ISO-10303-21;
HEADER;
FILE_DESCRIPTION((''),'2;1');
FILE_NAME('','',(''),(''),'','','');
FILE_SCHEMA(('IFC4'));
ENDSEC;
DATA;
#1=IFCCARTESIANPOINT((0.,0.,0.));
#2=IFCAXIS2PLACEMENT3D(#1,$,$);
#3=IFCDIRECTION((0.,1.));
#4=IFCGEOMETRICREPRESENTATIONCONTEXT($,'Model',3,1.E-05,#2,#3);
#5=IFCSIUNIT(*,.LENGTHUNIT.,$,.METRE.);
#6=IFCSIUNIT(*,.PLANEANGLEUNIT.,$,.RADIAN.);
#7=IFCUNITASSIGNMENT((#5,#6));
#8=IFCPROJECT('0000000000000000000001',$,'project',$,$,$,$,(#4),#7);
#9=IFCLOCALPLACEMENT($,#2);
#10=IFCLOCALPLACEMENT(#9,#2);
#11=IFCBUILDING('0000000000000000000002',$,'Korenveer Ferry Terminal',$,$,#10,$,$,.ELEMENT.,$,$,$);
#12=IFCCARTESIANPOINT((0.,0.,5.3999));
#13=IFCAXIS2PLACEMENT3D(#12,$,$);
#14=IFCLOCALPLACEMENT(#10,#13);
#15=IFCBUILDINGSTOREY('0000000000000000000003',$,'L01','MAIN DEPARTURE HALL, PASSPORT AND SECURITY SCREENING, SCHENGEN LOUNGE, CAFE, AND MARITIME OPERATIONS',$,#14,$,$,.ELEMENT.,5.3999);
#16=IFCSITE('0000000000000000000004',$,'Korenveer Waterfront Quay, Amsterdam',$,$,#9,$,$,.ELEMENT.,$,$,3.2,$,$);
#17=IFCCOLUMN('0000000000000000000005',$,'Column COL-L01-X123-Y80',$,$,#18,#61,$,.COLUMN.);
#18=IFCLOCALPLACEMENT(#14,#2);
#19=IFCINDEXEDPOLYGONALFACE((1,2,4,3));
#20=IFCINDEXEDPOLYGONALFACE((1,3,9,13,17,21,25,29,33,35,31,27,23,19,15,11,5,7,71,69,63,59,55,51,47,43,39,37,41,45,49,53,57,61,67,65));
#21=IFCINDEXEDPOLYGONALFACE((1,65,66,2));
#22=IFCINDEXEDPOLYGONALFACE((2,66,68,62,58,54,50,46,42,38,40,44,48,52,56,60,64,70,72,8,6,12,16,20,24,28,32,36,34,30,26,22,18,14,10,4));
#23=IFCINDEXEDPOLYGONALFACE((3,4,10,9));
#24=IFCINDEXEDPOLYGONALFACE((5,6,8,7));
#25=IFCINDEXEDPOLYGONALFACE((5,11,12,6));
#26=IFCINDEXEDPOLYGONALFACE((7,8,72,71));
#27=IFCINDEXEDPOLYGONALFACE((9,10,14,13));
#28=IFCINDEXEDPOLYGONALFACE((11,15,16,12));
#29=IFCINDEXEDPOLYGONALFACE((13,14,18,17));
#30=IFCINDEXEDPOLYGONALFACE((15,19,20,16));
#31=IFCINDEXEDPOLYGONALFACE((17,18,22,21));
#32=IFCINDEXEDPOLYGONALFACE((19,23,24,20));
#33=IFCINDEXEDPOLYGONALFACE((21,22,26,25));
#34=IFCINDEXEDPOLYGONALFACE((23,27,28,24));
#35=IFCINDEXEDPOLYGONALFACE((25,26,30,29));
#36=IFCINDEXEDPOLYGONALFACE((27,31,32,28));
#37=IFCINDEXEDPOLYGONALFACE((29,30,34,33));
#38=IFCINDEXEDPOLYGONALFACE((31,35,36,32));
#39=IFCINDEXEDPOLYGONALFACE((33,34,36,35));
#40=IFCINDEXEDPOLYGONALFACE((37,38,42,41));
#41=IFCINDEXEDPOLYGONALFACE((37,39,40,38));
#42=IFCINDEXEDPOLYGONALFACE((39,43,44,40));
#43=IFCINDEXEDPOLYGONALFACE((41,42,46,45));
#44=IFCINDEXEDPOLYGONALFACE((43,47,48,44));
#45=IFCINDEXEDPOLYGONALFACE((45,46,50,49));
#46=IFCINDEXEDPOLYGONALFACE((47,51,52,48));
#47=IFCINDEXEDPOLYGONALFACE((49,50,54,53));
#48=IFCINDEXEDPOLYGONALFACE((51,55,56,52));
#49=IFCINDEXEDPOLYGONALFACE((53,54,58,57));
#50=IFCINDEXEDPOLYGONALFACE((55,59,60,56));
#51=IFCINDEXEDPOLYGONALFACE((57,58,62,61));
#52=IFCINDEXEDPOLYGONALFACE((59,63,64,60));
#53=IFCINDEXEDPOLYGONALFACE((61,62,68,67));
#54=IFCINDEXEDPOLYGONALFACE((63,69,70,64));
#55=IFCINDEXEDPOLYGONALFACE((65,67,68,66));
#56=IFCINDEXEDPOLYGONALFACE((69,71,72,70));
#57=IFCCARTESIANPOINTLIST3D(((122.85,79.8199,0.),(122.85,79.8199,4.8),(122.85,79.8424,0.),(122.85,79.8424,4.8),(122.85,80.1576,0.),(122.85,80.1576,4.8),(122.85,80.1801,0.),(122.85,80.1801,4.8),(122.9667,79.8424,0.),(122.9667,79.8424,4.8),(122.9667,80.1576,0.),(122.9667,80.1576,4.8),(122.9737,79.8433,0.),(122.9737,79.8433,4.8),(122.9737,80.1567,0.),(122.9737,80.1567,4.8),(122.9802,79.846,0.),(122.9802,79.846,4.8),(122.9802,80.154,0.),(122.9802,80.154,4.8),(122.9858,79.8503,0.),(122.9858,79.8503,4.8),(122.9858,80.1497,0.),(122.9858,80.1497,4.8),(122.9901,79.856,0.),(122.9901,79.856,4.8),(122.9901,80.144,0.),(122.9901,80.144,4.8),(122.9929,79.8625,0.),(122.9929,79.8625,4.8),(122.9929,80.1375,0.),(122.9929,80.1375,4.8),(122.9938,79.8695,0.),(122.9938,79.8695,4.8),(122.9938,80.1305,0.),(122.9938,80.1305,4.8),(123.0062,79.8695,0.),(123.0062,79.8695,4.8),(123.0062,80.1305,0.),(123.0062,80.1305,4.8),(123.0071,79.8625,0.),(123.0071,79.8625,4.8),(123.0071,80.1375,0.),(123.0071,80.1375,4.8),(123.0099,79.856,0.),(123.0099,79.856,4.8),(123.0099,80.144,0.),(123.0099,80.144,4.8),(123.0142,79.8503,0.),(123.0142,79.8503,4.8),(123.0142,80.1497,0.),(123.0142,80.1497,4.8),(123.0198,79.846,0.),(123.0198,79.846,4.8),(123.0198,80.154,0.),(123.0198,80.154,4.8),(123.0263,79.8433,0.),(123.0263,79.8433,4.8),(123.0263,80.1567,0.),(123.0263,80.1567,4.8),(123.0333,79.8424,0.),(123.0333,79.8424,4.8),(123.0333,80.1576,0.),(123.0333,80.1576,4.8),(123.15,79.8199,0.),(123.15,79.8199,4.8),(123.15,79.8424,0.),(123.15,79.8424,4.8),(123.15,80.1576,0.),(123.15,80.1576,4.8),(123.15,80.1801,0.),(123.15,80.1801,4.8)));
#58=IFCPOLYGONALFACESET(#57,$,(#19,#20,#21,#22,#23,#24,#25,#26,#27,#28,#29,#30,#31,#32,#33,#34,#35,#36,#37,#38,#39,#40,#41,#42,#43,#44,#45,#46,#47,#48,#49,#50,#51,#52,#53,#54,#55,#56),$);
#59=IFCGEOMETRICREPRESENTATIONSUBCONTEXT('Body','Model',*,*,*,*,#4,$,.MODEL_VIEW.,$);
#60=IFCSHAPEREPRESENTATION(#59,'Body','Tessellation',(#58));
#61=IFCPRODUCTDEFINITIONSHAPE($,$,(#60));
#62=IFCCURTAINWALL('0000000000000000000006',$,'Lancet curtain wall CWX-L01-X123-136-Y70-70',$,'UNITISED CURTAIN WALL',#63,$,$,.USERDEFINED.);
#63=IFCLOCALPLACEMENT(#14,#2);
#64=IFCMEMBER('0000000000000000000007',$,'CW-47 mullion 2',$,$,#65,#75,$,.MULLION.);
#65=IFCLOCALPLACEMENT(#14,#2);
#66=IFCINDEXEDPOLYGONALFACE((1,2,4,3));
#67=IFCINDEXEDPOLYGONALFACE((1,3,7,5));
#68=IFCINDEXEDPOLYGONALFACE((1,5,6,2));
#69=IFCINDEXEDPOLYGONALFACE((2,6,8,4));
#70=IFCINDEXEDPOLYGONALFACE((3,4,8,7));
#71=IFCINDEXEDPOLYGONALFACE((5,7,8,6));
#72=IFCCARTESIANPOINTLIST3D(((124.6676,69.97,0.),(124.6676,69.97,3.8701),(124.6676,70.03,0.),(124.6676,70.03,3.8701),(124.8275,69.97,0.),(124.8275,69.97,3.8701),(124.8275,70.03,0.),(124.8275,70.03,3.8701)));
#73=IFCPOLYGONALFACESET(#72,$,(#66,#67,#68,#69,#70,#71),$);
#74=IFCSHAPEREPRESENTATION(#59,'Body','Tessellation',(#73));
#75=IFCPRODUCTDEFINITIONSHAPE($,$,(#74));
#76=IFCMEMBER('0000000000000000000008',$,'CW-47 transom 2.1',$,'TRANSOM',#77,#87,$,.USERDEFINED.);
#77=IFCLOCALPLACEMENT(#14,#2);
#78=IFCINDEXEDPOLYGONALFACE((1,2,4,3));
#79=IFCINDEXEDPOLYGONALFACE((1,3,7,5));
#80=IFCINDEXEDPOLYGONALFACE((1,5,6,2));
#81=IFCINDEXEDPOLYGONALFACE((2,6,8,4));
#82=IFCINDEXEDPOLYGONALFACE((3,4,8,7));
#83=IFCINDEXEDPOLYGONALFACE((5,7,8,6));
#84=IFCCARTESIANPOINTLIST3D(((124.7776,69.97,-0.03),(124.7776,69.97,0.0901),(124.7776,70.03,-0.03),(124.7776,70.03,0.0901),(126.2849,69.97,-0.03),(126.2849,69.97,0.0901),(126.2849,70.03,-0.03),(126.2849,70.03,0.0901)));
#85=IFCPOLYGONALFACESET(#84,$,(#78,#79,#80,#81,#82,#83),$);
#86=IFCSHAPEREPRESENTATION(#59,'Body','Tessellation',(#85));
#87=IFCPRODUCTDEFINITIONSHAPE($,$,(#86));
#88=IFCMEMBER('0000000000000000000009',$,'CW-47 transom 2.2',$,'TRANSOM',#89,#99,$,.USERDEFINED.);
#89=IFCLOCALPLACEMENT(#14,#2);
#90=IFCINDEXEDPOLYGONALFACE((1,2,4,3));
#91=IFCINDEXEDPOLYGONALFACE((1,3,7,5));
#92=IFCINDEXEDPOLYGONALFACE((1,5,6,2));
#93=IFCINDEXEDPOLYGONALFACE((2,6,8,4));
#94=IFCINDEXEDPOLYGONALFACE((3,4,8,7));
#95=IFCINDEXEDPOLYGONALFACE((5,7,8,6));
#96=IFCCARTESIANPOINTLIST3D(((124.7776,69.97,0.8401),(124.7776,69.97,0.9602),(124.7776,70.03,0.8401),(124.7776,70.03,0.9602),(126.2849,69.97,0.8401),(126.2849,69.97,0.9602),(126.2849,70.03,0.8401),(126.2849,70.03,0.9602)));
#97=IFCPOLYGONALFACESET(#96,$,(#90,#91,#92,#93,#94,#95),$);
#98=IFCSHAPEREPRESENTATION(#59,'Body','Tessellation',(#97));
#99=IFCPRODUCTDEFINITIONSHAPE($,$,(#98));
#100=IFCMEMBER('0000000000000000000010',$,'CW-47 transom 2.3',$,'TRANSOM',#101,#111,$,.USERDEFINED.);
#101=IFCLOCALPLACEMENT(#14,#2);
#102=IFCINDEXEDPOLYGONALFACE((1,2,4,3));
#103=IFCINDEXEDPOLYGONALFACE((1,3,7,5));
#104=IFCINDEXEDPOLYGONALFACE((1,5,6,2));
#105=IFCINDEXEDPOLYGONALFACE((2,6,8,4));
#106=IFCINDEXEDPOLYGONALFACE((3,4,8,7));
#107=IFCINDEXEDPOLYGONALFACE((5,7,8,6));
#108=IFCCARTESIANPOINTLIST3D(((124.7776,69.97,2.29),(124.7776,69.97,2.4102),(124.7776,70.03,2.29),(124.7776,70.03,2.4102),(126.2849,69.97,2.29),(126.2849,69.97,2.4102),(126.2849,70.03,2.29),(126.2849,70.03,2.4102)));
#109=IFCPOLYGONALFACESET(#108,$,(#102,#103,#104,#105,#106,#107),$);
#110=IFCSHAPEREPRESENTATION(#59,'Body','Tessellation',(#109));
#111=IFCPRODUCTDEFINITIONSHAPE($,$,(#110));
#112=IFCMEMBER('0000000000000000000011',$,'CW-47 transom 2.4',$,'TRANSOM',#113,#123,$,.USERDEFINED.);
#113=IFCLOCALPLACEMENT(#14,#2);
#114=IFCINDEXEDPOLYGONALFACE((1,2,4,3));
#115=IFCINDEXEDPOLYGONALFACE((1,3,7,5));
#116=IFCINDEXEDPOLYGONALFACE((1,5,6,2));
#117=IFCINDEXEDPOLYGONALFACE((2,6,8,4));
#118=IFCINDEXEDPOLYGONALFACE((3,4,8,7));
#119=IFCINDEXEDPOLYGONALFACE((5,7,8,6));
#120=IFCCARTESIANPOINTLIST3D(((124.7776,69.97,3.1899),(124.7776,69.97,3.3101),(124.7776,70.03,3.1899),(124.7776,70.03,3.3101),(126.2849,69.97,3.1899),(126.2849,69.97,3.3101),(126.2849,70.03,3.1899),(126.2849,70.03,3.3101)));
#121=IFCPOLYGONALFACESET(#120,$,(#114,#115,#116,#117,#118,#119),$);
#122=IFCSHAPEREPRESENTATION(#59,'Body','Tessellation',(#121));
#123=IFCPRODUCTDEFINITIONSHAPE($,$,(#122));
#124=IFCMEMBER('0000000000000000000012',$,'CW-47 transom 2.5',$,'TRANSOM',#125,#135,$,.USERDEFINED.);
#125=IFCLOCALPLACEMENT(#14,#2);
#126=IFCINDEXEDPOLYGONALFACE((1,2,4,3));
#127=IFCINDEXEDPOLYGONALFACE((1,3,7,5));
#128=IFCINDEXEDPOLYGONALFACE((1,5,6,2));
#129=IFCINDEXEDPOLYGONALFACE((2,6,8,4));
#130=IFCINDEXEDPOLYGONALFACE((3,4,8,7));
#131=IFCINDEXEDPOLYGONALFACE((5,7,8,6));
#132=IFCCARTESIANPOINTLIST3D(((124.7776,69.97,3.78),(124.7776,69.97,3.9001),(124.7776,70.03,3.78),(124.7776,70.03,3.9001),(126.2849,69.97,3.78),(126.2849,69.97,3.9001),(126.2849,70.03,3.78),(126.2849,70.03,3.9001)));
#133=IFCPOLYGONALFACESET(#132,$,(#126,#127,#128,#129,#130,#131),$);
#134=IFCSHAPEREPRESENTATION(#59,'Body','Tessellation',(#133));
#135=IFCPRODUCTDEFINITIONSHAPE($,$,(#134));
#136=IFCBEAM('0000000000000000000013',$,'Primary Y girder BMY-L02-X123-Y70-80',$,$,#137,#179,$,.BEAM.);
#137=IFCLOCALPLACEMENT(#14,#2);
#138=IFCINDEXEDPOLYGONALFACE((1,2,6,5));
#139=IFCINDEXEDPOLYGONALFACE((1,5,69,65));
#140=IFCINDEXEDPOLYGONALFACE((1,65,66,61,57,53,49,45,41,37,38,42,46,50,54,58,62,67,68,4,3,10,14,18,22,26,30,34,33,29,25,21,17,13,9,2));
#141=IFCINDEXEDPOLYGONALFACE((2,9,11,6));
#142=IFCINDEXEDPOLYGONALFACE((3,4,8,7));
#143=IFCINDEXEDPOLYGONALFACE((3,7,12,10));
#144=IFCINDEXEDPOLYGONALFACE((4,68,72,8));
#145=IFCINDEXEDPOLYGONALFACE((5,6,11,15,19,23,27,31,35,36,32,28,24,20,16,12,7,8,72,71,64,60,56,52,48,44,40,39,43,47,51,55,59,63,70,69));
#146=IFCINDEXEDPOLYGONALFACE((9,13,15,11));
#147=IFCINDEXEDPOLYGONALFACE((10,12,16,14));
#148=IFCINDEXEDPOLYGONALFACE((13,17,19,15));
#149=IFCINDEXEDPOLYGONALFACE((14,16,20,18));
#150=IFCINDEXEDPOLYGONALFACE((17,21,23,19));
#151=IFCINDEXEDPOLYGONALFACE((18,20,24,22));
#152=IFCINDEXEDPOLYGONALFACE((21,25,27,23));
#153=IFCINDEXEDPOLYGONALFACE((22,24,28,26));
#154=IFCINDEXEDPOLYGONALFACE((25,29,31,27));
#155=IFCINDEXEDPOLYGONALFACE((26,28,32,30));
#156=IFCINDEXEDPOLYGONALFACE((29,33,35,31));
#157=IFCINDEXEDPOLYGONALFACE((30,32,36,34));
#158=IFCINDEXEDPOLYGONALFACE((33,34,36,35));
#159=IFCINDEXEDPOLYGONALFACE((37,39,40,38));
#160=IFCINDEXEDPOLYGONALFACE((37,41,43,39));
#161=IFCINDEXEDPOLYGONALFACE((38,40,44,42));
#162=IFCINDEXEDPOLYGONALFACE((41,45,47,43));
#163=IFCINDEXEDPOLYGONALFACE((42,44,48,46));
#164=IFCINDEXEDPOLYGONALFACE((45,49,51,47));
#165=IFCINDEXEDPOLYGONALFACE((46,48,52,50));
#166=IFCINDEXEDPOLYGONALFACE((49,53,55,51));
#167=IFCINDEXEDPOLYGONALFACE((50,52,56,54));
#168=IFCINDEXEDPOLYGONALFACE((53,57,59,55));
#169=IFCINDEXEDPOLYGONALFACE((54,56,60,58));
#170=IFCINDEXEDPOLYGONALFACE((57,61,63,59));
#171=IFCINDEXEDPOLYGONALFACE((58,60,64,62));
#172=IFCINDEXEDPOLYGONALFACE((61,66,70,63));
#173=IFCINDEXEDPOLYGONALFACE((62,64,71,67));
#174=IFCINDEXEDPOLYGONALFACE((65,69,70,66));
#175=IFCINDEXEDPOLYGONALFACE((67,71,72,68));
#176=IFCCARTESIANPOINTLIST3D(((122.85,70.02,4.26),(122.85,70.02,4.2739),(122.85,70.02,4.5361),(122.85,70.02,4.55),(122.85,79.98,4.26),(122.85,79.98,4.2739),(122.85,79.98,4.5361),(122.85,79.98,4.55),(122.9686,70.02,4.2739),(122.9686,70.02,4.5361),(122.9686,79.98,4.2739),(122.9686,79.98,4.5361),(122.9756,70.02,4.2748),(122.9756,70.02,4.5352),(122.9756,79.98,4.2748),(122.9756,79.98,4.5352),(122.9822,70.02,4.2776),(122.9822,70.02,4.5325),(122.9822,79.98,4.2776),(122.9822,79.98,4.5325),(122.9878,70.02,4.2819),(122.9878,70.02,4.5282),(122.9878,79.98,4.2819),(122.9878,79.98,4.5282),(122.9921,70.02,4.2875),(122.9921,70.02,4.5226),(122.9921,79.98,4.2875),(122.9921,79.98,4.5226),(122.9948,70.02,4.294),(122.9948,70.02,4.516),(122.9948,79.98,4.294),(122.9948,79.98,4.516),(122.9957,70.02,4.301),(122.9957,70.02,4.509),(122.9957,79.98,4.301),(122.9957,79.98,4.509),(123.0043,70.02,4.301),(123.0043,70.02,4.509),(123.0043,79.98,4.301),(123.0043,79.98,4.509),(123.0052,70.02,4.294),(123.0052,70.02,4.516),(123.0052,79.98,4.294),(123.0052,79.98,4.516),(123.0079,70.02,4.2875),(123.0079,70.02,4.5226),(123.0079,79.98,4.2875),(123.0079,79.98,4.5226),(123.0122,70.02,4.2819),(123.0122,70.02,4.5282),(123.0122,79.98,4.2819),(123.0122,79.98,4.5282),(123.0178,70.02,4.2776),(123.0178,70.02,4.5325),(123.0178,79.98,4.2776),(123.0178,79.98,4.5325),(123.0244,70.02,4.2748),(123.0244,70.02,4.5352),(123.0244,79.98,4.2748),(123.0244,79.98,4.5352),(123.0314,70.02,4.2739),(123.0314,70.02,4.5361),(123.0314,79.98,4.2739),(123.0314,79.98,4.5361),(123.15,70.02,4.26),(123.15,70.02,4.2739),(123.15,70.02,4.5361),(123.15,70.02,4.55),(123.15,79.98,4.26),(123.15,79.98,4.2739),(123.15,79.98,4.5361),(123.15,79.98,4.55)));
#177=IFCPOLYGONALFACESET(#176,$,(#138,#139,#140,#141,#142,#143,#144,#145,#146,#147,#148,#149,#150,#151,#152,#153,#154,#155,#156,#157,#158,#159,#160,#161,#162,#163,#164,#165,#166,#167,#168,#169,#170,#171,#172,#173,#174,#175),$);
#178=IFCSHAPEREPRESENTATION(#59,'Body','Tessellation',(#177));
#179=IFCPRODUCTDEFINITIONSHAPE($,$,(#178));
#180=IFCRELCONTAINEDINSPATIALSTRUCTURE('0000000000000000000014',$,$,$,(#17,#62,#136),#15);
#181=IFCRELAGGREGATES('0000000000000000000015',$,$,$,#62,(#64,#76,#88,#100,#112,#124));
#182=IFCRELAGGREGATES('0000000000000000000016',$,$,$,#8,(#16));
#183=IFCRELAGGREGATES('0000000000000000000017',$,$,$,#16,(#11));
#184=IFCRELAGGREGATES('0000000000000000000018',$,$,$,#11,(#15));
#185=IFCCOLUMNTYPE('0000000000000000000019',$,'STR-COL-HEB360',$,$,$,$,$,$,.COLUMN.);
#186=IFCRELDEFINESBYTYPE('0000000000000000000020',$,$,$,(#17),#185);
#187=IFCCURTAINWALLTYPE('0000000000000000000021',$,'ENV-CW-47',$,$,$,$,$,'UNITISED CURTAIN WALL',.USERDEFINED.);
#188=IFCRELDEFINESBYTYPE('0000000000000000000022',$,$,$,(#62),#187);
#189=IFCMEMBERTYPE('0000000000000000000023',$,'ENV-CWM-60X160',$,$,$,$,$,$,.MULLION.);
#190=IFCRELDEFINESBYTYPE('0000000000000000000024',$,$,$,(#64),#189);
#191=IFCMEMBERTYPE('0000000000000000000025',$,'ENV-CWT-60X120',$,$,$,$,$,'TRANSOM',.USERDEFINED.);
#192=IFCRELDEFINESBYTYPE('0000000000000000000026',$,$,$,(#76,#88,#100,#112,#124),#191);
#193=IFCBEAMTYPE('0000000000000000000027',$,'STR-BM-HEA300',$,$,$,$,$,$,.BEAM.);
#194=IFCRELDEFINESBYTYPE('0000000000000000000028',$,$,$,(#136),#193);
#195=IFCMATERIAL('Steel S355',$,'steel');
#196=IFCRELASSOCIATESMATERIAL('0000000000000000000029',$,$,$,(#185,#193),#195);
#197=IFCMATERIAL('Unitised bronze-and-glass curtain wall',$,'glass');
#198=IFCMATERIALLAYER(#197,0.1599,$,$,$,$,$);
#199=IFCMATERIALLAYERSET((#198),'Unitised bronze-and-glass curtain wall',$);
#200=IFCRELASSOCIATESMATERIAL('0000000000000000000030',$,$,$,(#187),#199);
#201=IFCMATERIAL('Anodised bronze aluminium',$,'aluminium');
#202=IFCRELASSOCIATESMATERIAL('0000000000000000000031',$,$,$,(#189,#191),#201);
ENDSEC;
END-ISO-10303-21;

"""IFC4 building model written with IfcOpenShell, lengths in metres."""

from ifc_helpers import new_model, si_unit, direction, frame, origin, origin_2d, place, context, subcontext, project, spatial, rectangle, i_section, extrude, material, layer, layer_set, material_profile, profile_set, type_object, element, aggregate, save


model = new_model("IFC4")

# Units and contexts
model_context = context("Model", 3, precision=1e-05, world=origin(), true_north=direction((0.0, 1.0)))
body_context = subcontext(model_context, "Body", "Model", "MODEL_VIEW")
ifc_project = project(units=[si_unit("LENGTHUNIT", "METRE"), si_unit("PLANEANGLEUNIT", "RADIAN")], contexts=[model_context])

# Site, building, storey
site_placement = place(None, origin())
site = spatial("IfcSite", under=ifc_project, at=site_placement, Name="Korenveer Waterfront Quay, Amsterdam", CompositionType="ELEMENT", RefElevation=3.2)
building_placement = place(site_placement, origin())
building = spatial("IfcBuilding", under=site, at=building_placement, Name="Korenveer Ferry Terminal", CompositionType="ELEMENT")
storey_placement = place(building_placement, frame((0.0, 0.0, 5.3999)))
storey = spatial("IfcBuildingStorey", under=building, at=storey_placement, Name="L01", Description="MAIN DEPARTURE HALL, PASSPORT AND SECURITY SCREENING, SCHENGEN LOUNGE, CAFE, AND MARITIME OPERATIONS", CompositionType="ELEMENT", Elevation=5.3999)

# Column
ifc_material_1 = material(Name="Steel S355", Category="steel")
ifc_material_profile_1 = material_profile(ifc_material_1, i_section(OverallWidth=0.3, OverallDepth=0.3601, WebThickness=0.0125, FlangeThickness=0.0225, FilletRadius=0.0271, at=origin_2d()), Name="HEB 360")
ifc_profile_set_1 = profile_set([ifc_material_profile_1], Name="Steel S355")
column_type = type_object("IfcColumnType", Name="STR-COL-HEB360", PredefinedType="COLUMN", material=ifc_profile_set_1)
column_placement = place(storey_placement, frame((123.0, 80.0, 0.0), z_axis=(0.0, 0.0, 1.0), x_axis=(1.0, 0.0, 0.0)))
element("IfcColumn", 1, at=column_placement, inside=storey, type_object=column_type, Name="Column COL-L01-X123-Y80", PredefinedType="COLUMN", context=body_context, shape_type="SweptSolid", body=[
    extrude(i_section(OverallWidth=0.3, OverallDepth=0.3601, WebThickness=0.0125, FlangeThickness=0.0225, FilletRadius=0.0271, at=origin_2d()), origin(), (0.0, 0.0, 1.0), 4.8),
])

# Curtain wall, members
ifc_material_2 = material(Name="Unitised bronze-and-glass curtain wall", Category="glass")
ifc_layer_1 = layer(ifc_material_2, 0.1599)
ifc_layer_set_1 = layer_set([ifc_layer_1], Name="Unitised bronze-and-glass curtain wall")
curtain_wall_type = type_object("IfcCurtainWallType", Name="ENV-CW-47", ElementType="UNITISED CURTAIN WALL", PredefinedType="USERDEFINED", material=ifc_layer_set_1)
curtain_wall_placement = place(storey_placement, frame((123.1799, 70.0, 0.0)))
curtain_wall = element("IfcCurtainWall", 2, at=curtain_wall_placement, inside=storey, type_object=curtain_wall_type, Name="Lancet curtain wall CWX-L01-X123-136-Y70-70", ObjectType="UNITISED CURTAIN WALL", PredefinedType="USERDEFINED")
ifc_material_3 = material(Name="Anodised bronze aluminium", Category="aluminium")
ifc_material_profile_2 = material_profile(ifc_material_3, rectangle(XDim=0.0601, YDim=0.1599, at=origin_2d()), Name="ALU 60x160")
ifc_profile_set_2 = profile_set([ifc_material_profile_2], Name="Anodised bronze aluminium")
member_type_1 = type_object("IfcMemberType", Name="ENV-CWM-60X160", PredefinedType="MULLION", material=ifc_profile_set_2)
member_1_placement = place(storey_placement, frame((124.7476, 70.0, 0.0), z_axis=(0.0, 0.0, 1.0), x_axis=(0.0, 1.0, 0.0)))
member_1 = element("IfcMember", 3, at=member_1_placement, type_object=member_type_1, Name="CW-47 mullion 2", PredefinedType="MULLION", context=body_context, shape_type="SweptSolid", body=[
    extrude(rectangle(XDim=0.0601, YDim=0.1599, at=origin_2d()), origin(), (0.0, 0.0, 1.0), 3.8701),
])
ifc_material_profile_3 = material_profile(ifc_material_3, rectangle(XDim=0.0601, YDim=0.1201, at=origin_2d()), Name="ALU 60x120")
ifc_profile_set_3 = profile_set([ifc_material_profile_3], Name="Anodised bronze aluminium")
member_type_2 = type_object("IfcMemberType", Name="ENV-CWT-60X120", ElementType="TRANSOM", PredefinedType="USERDEFINED", material=ifc_profile_set_3)
member_2_placement = place(storey_placement, frame((124.7776, 70.0, 0.03), z_axis=(1.0, 0.0, 0.0), x_axis=(0.0, 1.0, 0.0)))
member_2 = element("IfcMember", 4, at=member_2_placement, type_object=member_type_2, Name="CW-47 transom 2.1", ObjectType="TRANSOM", PredefinedType="USERDEFINED", context=body_context, shape_type="SweptSolid", body=[
    extrude(rectangle(XDim=0.0601, YDim=0.1201, at=origin_2d()), origin(), (0.0, 0.0, 1.0), 1.5073),
])
member_3_placement = place(storey_placement, frame((124.7776, 70.0, 0.9001), z_axis=(1.0, 0.0, 0.0), x_axis=(0.0, 1.0, 0.0)))
member_3 = element("IfcMember", 5, at=member_3_placement, type_object=member_type_2, Name="CW-47 transom 2.2", ObjectType="TRANSOM", PredefinedType="USERDEFINED", context=body_context, shape_type="SweptSolid", body=[
    extrude(rectangle(XDim=0.0601, YDim=0.1201, at=origin_2d()), origin(), (0.0, 0.0, 1.0), 1.5073),
])
member_4_placement = place(storey_placement, frame((124.7776, 70.0, 2.3501), z_axis=(1.0, 0.0, 0.0), x_axis=(0.0, 1.0, 0.0)))
member_4 = element("IfcMember", 6, at=member_4_placement, type_object=member_type_2, Name="CW-47 transom 2.3", ObjectType="TRANSOM", PredefinedType="USERDEFINED", context=body_context, shape_type="SweptSolid", body=[
    extrude(rectangle(XDim=0.0601, YDim=0.1201, at=origin_2d()), origin(), (0.0, 0.0, 1.0), 1.5073),
])
member_5_placement = place(storey_placement, frame((124.7776, 70.0, 3.25), z_axis=(1.0, 0.0, 0.0), x_axis=(0.0, 1.0, 0.0)))
member_5 = element("IfcMember", 7, at=member_5_placement, type_object=member_type_2, Name="CW-47 transom 2.4", ObjectType="TRANSOM", PredefinedType="USERDEFINED", context=body_context, shape_type="SweptSolid", body=[
    extrude(rectangle(XDim=0.0601, YDim=0.1201, at=origin_2d()), origin(), (0.0, 0.0, 1.0), 1.5073),
])
member_6_placement = place(storey_placement, frame((124.7776, 70.0, 3.8401), z_axis=(1.0, 0.0, 0.0), x_axis=(0.0, 1.0, 0.0)))
member_6 = element("IfcMember", 8, at=member_6_placement, type_object=member_type_2, Name="CW-47 transom 2.5", ObjectType="TRANSOM", PredefinedType="USERDEFINED", context=body_context, shape_type="SweptSolid", body=[
    extrude(rectangle(XDim=0.0601, YDim=0.1201, at=origin_2d()), origin(), (0.0, 0.0, 1.0), 1.5073),
])

# Beam
ifc_material_profile_4 = material_profile(ifc_material_1, i_section(OverallWidth=0.3, OverallDepth=0.29, WebThickness=0.0085, FlangeThickness=0.0139, FilletRadius=0.0271, at=origin_2d()), Name="HEA 300")
ifc_profile_set_4 = profile_set([ifc_material_profile_4], Name="Steel S355")
beam_type_1 = type_object("IfcBeamType", Name="STR-BM-HEA300", PredefinedType="BEAM", material=ifc_profile_set_4)
for number, where, z_axis, x_axis, name in (
    (9, (123.0, 70.02, 4.405), (0.0, 1.0, 0.0), (-1.0, 0.0, 0.0), "Primary Y girder BMY-L02-X123-Y70-80"),
):
    element("IfcBeam", number, at=place(storey_placement, frame(where, z_axis=z_axis, x_axis=x_axis)), inside=storey, type_object=beam_type_1, Name=name, PredefinedType="BEAM", context=body_context, shape_type="SweptSolid", body=[
        extrude(i_section(OverallWidth=0.3, OverallDepth=0.29, WebThickness=0.0085, FlangeThickness=0.0139, FilletRadius=0.0271, at=origin_2d()), origin(), (0.0, 0.0, 1.0), 9.96),
    ])

aggregate(curtain_wall, [member_1, member_2, member_3, member_4, member_5, member_6])

save(model, "model.ifc")
